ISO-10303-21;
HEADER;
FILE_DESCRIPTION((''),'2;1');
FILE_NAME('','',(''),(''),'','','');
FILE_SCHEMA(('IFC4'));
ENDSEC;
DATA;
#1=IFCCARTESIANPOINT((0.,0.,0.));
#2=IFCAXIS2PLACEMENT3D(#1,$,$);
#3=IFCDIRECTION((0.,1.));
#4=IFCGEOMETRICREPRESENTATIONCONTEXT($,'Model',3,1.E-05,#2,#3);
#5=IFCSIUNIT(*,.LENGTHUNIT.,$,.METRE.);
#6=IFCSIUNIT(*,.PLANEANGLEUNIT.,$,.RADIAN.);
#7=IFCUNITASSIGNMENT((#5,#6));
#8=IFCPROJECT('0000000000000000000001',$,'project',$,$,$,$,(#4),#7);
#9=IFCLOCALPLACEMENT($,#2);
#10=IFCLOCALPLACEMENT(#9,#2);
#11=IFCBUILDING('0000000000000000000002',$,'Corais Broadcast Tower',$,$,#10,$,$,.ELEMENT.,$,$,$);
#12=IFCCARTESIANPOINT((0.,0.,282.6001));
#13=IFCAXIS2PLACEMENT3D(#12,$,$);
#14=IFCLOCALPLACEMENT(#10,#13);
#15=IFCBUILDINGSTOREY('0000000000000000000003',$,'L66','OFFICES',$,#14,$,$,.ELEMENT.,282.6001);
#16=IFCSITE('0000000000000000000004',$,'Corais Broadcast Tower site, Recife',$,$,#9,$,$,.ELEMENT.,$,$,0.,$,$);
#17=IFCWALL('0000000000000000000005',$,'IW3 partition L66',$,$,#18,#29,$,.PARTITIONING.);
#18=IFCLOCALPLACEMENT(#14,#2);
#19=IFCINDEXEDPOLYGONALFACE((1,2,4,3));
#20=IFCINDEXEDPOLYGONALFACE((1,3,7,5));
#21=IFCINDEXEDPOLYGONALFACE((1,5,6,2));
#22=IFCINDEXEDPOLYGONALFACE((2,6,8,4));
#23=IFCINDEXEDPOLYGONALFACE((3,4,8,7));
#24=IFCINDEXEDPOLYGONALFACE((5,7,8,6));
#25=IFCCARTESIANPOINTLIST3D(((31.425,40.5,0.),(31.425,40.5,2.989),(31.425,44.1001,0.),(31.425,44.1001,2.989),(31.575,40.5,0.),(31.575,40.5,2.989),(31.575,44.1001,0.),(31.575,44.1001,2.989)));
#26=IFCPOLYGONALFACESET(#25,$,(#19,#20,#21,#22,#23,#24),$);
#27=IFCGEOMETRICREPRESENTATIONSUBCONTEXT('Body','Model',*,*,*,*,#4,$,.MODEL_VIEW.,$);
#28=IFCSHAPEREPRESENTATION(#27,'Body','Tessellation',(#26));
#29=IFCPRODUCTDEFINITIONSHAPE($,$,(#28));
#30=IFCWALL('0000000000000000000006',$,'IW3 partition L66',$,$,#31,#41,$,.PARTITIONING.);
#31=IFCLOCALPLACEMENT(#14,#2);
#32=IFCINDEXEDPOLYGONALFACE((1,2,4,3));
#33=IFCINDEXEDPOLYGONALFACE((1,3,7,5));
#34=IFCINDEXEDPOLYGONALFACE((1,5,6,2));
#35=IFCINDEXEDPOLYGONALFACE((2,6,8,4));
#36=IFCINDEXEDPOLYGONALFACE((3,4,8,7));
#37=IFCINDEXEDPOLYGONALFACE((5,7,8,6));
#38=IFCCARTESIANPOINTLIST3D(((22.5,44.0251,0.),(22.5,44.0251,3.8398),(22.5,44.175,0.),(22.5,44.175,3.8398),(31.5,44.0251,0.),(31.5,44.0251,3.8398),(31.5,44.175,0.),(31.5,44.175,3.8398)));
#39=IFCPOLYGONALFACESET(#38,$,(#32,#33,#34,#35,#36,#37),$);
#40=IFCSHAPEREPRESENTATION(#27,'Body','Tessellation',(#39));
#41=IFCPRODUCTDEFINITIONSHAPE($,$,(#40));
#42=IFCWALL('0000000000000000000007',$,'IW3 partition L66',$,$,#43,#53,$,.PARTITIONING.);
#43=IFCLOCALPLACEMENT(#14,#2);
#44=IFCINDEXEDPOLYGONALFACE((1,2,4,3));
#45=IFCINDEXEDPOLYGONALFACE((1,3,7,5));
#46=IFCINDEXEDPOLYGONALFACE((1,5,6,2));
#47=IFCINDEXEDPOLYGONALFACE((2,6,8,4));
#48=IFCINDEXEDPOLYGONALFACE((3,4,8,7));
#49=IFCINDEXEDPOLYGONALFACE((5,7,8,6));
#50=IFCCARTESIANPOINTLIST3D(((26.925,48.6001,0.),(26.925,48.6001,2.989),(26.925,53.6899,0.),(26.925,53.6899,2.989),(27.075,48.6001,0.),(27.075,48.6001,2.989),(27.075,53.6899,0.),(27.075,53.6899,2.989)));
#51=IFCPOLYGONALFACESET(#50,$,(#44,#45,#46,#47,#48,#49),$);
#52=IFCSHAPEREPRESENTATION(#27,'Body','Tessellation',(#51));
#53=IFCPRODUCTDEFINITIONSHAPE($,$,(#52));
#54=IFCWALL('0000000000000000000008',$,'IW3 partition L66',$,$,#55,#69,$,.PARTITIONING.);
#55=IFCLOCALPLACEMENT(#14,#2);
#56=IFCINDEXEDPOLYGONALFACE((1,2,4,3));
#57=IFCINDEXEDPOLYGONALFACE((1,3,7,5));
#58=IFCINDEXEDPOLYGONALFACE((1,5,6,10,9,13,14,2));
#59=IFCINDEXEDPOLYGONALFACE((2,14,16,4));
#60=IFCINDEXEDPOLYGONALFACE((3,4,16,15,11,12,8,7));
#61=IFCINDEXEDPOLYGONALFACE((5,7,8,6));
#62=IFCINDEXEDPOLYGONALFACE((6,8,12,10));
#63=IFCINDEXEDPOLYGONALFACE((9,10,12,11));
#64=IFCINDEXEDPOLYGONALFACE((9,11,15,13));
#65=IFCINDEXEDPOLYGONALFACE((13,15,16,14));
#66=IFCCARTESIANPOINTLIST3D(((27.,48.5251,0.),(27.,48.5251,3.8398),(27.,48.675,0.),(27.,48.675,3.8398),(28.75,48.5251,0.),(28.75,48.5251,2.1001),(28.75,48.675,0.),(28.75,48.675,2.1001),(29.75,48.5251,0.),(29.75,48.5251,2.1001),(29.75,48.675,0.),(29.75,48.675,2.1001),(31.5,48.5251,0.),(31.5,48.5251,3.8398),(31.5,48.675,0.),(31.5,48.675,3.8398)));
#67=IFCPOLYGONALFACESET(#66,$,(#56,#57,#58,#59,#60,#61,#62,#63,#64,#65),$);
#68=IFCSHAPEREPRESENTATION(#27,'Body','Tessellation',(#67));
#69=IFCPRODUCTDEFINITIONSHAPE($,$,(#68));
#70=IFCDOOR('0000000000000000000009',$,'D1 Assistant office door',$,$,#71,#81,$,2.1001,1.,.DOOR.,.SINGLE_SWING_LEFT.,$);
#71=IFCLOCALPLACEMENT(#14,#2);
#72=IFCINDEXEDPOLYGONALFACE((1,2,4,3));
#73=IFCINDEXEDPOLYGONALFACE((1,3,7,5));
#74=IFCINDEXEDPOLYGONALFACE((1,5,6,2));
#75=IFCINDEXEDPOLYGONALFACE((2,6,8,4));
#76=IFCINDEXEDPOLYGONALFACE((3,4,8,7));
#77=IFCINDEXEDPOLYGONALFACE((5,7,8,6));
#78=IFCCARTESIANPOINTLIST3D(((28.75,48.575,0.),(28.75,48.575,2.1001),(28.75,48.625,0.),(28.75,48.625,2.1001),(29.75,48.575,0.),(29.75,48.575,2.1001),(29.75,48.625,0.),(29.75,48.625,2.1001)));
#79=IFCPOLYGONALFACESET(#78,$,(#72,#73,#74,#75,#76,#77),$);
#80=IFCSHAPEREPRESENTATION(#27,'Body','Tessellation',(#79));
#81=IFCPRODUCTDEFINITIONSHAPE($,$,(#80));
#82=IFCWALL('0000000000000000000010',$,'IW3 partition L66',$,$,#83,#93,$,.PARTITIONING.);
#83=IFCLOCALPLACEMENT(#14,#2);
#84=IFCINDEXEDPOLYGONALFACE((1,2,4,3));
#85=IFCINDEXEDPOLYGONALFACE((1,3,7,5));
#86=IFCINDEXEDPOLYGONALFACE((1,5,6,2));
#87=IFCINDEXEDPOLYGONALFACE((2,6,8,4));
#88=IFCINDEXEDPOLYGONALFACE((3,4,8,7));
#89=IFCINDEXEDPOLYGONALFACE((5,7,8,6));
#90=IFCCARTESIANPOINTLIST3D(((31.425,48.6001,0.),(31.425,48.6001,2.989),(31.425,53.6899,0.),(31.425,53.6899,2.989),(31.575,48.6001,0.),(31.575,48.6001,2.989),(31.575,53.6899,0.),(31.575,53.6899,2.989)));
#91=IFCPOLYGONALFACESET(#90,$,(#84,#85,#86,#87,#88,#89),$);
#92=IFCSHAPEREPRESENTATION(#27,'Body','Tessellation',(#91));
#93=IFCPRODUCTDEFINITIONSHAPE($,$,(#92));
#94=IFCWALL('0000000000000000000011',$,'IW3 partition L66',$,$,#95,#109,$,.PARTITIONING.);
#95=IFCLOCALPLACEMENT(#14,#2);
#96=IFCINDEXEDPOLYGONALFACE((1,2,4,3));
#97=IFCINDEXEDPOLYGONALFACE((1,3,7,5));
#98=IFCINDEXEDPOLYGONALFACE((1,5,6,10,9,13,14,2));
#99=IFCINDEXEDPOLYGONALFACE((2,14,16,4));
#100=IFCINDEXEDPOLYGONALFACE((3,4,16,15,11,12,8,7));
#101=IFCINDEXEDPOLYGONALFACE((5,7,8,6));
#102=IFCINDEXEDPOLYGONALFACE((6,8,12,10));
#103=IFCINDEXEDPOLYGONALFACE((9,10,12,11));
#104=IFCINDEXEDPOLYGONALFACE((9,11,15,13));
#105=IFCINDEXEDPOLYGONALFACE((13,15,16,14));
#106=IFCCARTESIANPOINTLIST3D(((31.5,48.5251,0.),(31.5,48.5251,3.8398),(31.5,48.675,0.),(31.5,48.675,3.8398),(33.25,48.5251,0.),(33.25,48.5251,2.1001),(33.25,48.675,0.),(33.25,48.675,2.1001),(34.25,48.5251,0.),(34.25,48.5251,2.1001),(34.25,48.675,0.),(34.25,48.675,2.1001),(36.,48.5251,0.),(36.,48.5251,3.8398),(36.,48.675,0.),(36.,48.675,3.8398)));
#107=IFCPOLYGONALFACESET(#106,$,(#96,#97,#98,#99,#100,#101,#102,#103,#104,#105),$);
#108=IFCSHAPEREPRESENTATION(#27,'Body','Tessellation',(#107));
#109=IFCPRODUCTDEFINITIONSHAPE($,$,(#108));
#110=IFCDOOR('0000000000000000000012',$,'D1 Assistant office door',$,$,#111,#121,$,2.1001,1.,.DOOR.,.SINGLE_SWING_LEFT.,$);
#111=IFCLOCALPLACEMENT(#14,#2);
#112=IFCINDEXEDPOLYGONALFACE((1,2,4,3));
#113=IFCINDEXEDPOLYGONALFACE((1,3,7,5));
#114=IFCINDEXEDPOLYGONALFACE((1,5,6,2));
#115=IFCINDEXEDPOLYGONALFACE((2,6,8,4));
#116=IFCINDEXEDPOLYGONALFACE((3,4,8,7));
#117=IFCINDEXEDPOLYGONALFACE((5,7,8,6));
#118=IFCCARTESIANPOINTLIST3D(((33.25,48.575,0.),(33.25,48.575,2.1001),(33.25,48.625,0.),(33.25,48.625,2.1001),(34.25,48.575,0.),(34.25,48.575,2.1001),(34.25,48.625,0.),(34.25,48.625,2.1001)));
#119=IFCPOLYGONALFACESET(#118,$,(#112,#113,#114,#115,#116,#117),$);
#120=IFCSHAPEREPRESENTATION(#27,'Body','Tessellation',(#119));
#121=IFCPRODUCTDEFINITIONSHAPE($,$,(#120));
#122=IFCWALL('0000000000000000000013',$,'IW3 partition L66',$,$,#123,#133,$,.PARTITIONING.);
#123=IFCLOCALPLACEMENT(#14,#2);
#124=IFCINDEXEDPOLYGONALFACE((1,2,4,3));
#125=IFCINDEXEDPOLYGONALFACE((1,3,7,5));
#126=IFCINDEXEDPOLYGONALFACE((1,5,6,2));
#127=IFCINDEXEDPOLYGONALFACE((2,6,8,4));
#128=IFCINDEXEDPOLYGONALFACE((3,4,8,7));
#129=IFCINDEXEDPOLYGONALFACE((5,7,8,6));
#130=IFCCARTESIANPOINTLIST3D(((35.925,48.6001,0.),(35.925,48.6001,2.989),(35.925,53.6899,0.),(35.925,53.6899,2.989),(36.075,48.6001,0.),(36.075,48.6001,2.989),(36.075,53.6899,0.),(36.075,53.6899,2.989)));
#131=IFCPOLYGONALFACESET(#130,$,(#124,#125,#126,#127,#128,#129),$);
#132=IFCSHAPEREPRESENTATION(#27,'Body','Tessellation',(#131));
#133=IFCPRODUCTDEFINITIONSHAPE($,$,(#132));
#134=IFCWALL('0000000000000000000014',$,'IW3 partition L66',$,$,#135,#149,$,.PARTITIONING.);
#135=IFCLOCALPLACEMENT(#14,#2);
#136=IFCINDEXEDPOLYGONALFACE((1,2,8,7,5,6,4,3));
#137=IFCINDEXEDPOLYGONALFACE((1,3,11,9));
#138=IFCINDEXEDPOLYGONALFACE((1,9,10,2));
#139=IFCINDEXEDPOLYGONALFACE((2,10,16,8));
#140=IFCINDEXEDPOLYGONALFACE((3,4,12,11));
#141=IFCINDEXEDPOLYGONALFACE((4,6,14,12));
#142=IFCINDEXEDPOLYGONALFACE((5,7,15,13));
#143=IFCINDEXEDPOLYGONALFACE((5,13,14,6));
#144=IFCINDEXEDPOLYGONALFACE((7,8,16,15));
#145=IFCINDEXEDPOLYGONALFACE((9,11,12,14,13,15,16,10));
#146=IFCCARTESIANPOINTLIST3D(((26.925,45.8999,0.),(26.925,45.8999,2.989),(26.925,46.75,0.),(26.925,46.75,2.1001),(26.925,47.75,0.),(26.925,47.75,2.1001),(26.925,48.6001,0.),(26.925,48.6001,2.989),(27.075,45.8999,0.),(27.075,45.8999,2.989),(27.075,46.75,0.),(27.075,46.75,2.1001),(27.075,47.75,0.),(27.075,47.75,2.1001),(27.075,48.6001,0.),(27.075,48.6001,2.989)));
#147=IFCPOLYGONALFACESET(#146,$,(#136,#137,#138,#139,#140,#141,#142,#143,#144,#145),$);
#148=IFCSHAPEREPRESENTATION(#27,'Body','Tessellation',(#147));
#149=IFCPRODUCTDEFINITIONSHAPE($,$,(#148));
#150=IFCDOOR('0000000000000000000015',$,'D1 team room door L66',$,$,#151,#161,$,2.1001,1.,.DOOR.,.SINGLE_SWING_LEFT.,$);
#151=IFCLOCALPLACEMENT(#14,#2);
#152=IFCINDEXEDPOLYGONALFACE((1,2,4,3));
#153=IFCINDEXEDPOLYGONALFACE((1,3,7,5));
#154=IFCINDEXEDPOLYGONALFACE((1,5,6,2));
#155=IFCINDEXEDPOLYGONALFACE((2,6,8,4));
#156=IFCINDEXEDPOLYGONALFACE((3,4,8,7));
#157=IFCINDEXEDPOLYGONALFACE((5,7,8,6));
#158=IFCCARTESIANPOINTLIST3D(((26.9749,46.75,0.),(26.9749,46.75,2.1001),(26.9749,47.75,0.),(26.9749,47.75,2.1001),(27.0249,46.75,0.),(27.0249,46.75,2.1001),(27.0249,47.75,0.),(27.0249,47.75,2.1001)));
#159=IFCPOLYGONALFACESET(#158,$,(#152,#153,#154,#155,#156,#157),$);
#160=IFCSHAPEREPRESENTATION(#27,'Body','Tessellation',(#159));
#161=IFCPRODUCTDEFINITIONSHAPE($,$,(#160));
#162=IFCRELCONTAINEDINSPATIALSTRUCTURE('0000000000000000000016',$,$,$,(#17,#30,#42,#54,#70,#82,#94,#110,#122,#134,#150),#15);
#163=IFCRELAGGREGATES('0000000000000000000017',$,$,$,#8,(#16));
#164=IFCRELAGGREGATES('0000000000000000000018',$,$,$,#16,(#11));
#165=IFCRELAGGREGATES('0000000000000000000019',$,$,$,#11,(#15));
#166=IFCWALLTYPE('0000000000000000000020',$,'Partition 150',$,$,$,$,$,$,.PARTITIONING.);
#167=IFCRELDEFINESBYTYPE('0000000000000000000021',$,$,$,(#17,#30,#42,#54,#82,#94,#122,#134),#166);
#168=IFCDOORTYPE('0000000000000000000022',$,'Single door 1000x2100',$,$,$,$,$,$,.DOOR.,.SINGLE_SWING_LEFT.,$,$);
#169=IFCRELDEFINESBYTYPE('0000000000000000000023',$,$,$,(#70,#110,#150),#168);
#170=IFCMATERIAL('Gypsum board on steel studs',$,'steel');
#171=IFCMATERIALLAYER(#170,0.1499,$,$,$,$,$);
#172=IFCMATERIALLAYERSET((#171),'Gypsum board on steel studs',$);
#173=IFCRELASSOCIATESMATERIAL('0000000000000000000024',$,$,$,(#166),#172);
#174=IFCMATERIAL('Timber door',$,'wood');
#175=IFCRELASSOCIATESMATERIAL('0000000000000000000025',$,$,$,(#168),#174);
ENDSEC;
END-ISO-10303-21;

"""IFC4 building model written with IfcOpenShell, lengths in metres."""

from ifc_helpers import new_model, si_unit, direction, frame, frame_2d, origin, place, context, subcontext, project, spatial, rectangle, extrude, material, layer, layer_set, type_object, element, fill, save


model = new_model("IFC4")

# Units and contexts
model_context = context("Model", 3, precision=1e-05, world=origin(), true_north=direction((0.0, 1.0)))
body_context = subcontext(model_context, "Body", "Model", "MODEL_VIEW")
ifc_project = project(units=[si_unit("LENGTHUNIT", "METRE"), si_unit("PLANEANGLEUNIT", "RADIAN")], contexts=[model_context])

# Site, building, storey
site_placement = place(None, origin())
site = spatial("IfcSite", under=ifc_project, at=site_placement, Name="Corais Broadcast Tower site, Recife", CompositionType="ELEMENT", RefElevation=0.0)
building_placement = place(site_placement, origin())
building = spatial("IfcBuilding", under=site, at=building_placement, Name="Corais Broadcast Tower", CompositionType="ELEMENT")
storey_placement = place(building_placement, frame((0.0, 0.0, 282.6001)))
storey = spatial("IfcBuildingStorey", under=building, at=storey_placement, Name="L66", Description="OFFICES", CompositionType="ELEMENT", Elevation=282.6001)

# Shared definitions
ifc_material_1 = material(Name="Gypsum board on steel studs", Category="steel")
ifc_layer_1 = layer(ifc_material_1, 0.1499)
ifc_layer_set_1 = layer_set([ifc_layer_1], Name="Gypsum board on steel studs")
wall_type_1 = type_object("IfcWallType", Name="Partition 150", PredefinedType="PARTITIONING", material=ifc_layer_set_1)
ifc_material_2 = material(Name="Timber door", Category="wood")
door_type = type_object("IfcDoorType", Name="Single door 1000x2100", OperationType="SINGLE_SWING_LEFT", PredefinedType="DOOR", material=ifc_material_2)

# Walls
wall_1_placement = place(storey_placement, frame((31.5, 40.5, 0.0), z_axis=(0.0, 0.0, 1.0), x_axis=(0.0, 1.0, 0.0)))
element("IfcWall", 1, at=wall_1_placement, inside=storey, type_object=wall_type_1, Name="IW3 partition L66", PredefinedType="PARTITIONING", context=body_context, shape_type="SweptSolid", body=[
    extrude(rectangle(XDim=3.6001, YDim=0.1499, at=frame_2d((1.8, 0.0))), origin(), (0.0, 0.0, 1.0), 2.989),
])
wall_2_placement = place(storey_placement, frame((31.5, 44.1001, 0.0), z_axis=(0.0, 0.0, 1.0), x_axis=(-1.0, 0.0, 0.0)))
element("IfcWall", 2, at=wall_2_placement, inside=storey, type_object=wall_type_1, Name="IW3 partition L66", PredefinedType="PARTITIONING", context=body_context, shape_type="SweptSolid", body=[
    extrude(rectangle(XDim=9.0, YDim=0.1499, at=frame_2d((4.5, 0.0))), origin(), (0.0, 0.0, 1.0), 3.8398),
])
wall_3_placement = place(storey_placement, frame((27.0, 48.6001, 0.0), z_axis=(0.0, 0.0, 1.0), x_axis=(0.0, 1.0, 0.0)))
element("IfcWall", 3, at=wall_3_placement, inside=storey, type_object=wall_type_1, Name="IW3 partition L66", PredefinedType="PARTITIONING", context=body_context, shape_type="SweptSolid", body=[
    extrude(rectangle(XDim=5.0898, YDim=0.1499, at=frame_2d((2.5449, 0.0))), origin(), (0.0, 0.0, 1.0), 2.989),
])

# Wall, opening, door
wall_4_placement = place(storey_placement, frame((27.0, 48.6001, 0.0), z_axis=(0.0, 0.0, 1.0), x_axis=(1.0, 0.0, 0.0)))
wall_4 = element("IfcWall", 4, at=wall_4_placement, inside=storey, type_object=wall_type_1, Name="IW3 partition L66", PredefinedType="PARTITIONING", context=body_context, shape_type="SweptSolid", body=[
    extrude(rectangle(XDim=4.5, YDim=0.1499, at=frame_2d((2.25, 0.0))), origin(), (0.0, 0.0, 1.0), 3.8398),
])
opening_1_placement = place(wall_4_placement, frame((1.75, 0.0, 0.0)))
opening_1 = element("IfcOpeningElement", 5, at=opening_1_placement, cuts=wall_4, PredefinedType="OPENING", context=body_context, shape_type="SweptSolid", body=[
    extrude(rectangle(XDim=1.0, YDim=2.1001, at=frame_2d((0.5, 1.05))), frame((0.0, 0.085, 0.0), z_axis=(0.0, -1.0, 0.0), x_axis=(1.0, 0.0, 0.0)), (0.0, 0.0, 1.0), 0.1699),
])
door_1_placement = place(opening_1_placement, origin())
door_1 = element("IfcDoor", 6, at=door_1_placement, inside=storey, type_object=door_type, Name="D1 Assistant office door", OperationType="SINGLE_SWING_LEFT", OverallHeight=2.1001, OverallWidth=1.0, PredefinedType="DOOR", context=body_context, shape_type="SweptSolid", body=[
    extrude(rectangle(XDim=1.0, YDim=2.1001, at=frame_2d((0.5, 1.05))), frame((0.0, 0.0249, 0.0), z_axis=(0.0, -1.0, 0.0), x_axis=(1.0, 0.0, 0.0)), (0.0, 0.0, 1.0), 0.05),
])
fill(opening_1, door_1)

# Wall
wall_5_placement = place(storey_placement, frame((31.5, 48.6001, 0.0), z_axis=(0.0, 0.0, 1.0), x_axis=(0.0, 1.0, 0.0)))
element("IfcWall", 7, at=wall_5_placement, inside=storey, type_object=wall_type_1, Name="IW3 partition L66", PredefinedType="PARTITIONING", context=body_context, shape_type="SweptSolid", body=[
    extrude(rectangle(XDim=5.0898, YDim=0.1499, at=frame_2d((2.5449, 0.0))), origin(), (0.0, 0.0, 1.0), 2.989),
])

# Wall, opening, door
wall_6_placement = place(storey_placement, frame((31.5, 48.6001, 0.0), z_axis=(0.0, 0.0, 1.0), x_axis=(1.0, 0.0, 0.0)))
wall_6 = element("IfcWall", 8, at=wall_6_placement, inside=storey, type_object=wall_type_1, Name="IW3 partition L66", PredefinedType="PARTITIONING", context=body_context, shape_type="SweptSolid", body=[
    extrude(rectangle(XDim=4.5, YDim=0.1499, at=frame_2d((2.25, 0.0))), origin(), (0.0, 0.0, 1.0), 3.8398),
])
opening_2_placement = place(wall_6_placement, frame((1.75, 0.0, 0.0)))
opening_2 = element("IfcOpeningElement", 9, at=opening_2_placement, cuts=wall_6, PredefinedType="OPENING", context=body_context, shape_type="SweptSolid", body=[
    extrude(rectangle(XDim=1.0, YDim=2.1001, at=frame_2d((0.5, 1.05))), frame((0.0, 0.085, 0.0), z_axis=(0.0, -1.0, 0.0), x_axis=(1.0, 0.0, 0.0)), (0.0, 0.0, 1.0), 0.1699),
])
door_2_placement = place(opening_2_placement, origin())
door_2 = element("IfcDoor", 10, at=door_2_placement, inside=storey, type_object=door_type, Name="D1 Assistant office door", OperationType="SINGLE_SWING_LEFT", OverallHeight=2.1001, OverallWidth=1.0, PredefinedType="DOOR", context=body_context, shape_type="SweptSolid", body=[
    extrude(rectangle(XDim=1.0, YDim=2.1001, at=frame_2d((0.5, 1.05))), frame((0.0, 0.0249, 0.0), z_axis=(0.0, -1.0, 0.0), x_axis=(1.0, 0.0, 0.0)), (0.0, 0.0, 1.0), 0.05),
])
fill(opening_2, door_2)

# Wall
wall_7_placement = place(storey_placement, frame((36.0, 48.6001, 0.0), z_axis=(0.0, 0.0, 1.0), x_axis=(0.0, 1.0, 0.0)))
element("IfcWall", 11, at=wall_7_placement, inside=storey, type_object=wall_type_1, Name="IW3 partition L66", PredefinedType="PARTITIONING", context=body_context, shape_type="SweptSolid", body=[
    extrude(rectangle(XDim=5.0898, YDim=0.1499, at=frame_2d((2.5449, 0.0))), origin(), (0.0, 0.0, 1.0), 2.989),
])

# Wall, opening, door
wall_8_placement = place(storey_placement, frame((27.0, 48.6001, 0.0), z_axis=(0.0, 0.0, 1.0), x_axis=(0.0, -1.0, 0.0)))
wall_8 = element("IfcWall", 12, at=wall_8_placement, inside=storey, type_object=wall_type_1, Name="IW3 partition L66", PredefinedType="PARTITIONING", context=body_context, shape_type="SweptSolid", body=[
    extrude(rectangle(XDim=2.7002, YDim=0.1499, at=frame_2d((1.3501, 0.0))), origin(), (0.0, 0.0, 1.0), 2.989),
])
opening_3_placement = place(wall_8_placement, frame((0.8501, 0.0, 0.0)))
opening_3 = element("IfcOpeningElement", 13, at=opening_3_placement, cuts=wall_8, PredefinedType="OPENING", context=body_context, shape_type="SweptSolid", body=[
    extrude(rectangle(XDim=1.0, YDim=2.1001, at=frame_2d((0.5, 1.05))), frame((0.0, 0.085, 0.0), z_axis=(0.0, -1.0, 0.0), x_axis=(1.0, 0.0, 0.0)), (0.0, 0.0, 1.0), 0.1699),
])
door_3_placement = place(opening_3_placement, origin())
door_3 = element("IfcDoor", 14, at=door_3_placement, inside=storey, type_object=door_type, Name="D1 team room door L66", OperationType="SINGLE_SWING_LEFT", OverallHeight=2.1001, OverallWidth=1.0, PredefinedType="DOOR", context=body_context, shape_type="SweptSolid", body=[
    extrude(rectangle(XDim=1.0, YDim=2.1001, at=frame_2d((0.5, 1.05))), frame((0.0, 0.0249, 0.0), z_axis=(0.0, -1.0, 0.0), x_axis=(1.0, 0.0, 0.0)), (0.0, 0.0, 1.0), 0.05),
])
fill(opening_3, door_3)

save(model, "model.ifc")
